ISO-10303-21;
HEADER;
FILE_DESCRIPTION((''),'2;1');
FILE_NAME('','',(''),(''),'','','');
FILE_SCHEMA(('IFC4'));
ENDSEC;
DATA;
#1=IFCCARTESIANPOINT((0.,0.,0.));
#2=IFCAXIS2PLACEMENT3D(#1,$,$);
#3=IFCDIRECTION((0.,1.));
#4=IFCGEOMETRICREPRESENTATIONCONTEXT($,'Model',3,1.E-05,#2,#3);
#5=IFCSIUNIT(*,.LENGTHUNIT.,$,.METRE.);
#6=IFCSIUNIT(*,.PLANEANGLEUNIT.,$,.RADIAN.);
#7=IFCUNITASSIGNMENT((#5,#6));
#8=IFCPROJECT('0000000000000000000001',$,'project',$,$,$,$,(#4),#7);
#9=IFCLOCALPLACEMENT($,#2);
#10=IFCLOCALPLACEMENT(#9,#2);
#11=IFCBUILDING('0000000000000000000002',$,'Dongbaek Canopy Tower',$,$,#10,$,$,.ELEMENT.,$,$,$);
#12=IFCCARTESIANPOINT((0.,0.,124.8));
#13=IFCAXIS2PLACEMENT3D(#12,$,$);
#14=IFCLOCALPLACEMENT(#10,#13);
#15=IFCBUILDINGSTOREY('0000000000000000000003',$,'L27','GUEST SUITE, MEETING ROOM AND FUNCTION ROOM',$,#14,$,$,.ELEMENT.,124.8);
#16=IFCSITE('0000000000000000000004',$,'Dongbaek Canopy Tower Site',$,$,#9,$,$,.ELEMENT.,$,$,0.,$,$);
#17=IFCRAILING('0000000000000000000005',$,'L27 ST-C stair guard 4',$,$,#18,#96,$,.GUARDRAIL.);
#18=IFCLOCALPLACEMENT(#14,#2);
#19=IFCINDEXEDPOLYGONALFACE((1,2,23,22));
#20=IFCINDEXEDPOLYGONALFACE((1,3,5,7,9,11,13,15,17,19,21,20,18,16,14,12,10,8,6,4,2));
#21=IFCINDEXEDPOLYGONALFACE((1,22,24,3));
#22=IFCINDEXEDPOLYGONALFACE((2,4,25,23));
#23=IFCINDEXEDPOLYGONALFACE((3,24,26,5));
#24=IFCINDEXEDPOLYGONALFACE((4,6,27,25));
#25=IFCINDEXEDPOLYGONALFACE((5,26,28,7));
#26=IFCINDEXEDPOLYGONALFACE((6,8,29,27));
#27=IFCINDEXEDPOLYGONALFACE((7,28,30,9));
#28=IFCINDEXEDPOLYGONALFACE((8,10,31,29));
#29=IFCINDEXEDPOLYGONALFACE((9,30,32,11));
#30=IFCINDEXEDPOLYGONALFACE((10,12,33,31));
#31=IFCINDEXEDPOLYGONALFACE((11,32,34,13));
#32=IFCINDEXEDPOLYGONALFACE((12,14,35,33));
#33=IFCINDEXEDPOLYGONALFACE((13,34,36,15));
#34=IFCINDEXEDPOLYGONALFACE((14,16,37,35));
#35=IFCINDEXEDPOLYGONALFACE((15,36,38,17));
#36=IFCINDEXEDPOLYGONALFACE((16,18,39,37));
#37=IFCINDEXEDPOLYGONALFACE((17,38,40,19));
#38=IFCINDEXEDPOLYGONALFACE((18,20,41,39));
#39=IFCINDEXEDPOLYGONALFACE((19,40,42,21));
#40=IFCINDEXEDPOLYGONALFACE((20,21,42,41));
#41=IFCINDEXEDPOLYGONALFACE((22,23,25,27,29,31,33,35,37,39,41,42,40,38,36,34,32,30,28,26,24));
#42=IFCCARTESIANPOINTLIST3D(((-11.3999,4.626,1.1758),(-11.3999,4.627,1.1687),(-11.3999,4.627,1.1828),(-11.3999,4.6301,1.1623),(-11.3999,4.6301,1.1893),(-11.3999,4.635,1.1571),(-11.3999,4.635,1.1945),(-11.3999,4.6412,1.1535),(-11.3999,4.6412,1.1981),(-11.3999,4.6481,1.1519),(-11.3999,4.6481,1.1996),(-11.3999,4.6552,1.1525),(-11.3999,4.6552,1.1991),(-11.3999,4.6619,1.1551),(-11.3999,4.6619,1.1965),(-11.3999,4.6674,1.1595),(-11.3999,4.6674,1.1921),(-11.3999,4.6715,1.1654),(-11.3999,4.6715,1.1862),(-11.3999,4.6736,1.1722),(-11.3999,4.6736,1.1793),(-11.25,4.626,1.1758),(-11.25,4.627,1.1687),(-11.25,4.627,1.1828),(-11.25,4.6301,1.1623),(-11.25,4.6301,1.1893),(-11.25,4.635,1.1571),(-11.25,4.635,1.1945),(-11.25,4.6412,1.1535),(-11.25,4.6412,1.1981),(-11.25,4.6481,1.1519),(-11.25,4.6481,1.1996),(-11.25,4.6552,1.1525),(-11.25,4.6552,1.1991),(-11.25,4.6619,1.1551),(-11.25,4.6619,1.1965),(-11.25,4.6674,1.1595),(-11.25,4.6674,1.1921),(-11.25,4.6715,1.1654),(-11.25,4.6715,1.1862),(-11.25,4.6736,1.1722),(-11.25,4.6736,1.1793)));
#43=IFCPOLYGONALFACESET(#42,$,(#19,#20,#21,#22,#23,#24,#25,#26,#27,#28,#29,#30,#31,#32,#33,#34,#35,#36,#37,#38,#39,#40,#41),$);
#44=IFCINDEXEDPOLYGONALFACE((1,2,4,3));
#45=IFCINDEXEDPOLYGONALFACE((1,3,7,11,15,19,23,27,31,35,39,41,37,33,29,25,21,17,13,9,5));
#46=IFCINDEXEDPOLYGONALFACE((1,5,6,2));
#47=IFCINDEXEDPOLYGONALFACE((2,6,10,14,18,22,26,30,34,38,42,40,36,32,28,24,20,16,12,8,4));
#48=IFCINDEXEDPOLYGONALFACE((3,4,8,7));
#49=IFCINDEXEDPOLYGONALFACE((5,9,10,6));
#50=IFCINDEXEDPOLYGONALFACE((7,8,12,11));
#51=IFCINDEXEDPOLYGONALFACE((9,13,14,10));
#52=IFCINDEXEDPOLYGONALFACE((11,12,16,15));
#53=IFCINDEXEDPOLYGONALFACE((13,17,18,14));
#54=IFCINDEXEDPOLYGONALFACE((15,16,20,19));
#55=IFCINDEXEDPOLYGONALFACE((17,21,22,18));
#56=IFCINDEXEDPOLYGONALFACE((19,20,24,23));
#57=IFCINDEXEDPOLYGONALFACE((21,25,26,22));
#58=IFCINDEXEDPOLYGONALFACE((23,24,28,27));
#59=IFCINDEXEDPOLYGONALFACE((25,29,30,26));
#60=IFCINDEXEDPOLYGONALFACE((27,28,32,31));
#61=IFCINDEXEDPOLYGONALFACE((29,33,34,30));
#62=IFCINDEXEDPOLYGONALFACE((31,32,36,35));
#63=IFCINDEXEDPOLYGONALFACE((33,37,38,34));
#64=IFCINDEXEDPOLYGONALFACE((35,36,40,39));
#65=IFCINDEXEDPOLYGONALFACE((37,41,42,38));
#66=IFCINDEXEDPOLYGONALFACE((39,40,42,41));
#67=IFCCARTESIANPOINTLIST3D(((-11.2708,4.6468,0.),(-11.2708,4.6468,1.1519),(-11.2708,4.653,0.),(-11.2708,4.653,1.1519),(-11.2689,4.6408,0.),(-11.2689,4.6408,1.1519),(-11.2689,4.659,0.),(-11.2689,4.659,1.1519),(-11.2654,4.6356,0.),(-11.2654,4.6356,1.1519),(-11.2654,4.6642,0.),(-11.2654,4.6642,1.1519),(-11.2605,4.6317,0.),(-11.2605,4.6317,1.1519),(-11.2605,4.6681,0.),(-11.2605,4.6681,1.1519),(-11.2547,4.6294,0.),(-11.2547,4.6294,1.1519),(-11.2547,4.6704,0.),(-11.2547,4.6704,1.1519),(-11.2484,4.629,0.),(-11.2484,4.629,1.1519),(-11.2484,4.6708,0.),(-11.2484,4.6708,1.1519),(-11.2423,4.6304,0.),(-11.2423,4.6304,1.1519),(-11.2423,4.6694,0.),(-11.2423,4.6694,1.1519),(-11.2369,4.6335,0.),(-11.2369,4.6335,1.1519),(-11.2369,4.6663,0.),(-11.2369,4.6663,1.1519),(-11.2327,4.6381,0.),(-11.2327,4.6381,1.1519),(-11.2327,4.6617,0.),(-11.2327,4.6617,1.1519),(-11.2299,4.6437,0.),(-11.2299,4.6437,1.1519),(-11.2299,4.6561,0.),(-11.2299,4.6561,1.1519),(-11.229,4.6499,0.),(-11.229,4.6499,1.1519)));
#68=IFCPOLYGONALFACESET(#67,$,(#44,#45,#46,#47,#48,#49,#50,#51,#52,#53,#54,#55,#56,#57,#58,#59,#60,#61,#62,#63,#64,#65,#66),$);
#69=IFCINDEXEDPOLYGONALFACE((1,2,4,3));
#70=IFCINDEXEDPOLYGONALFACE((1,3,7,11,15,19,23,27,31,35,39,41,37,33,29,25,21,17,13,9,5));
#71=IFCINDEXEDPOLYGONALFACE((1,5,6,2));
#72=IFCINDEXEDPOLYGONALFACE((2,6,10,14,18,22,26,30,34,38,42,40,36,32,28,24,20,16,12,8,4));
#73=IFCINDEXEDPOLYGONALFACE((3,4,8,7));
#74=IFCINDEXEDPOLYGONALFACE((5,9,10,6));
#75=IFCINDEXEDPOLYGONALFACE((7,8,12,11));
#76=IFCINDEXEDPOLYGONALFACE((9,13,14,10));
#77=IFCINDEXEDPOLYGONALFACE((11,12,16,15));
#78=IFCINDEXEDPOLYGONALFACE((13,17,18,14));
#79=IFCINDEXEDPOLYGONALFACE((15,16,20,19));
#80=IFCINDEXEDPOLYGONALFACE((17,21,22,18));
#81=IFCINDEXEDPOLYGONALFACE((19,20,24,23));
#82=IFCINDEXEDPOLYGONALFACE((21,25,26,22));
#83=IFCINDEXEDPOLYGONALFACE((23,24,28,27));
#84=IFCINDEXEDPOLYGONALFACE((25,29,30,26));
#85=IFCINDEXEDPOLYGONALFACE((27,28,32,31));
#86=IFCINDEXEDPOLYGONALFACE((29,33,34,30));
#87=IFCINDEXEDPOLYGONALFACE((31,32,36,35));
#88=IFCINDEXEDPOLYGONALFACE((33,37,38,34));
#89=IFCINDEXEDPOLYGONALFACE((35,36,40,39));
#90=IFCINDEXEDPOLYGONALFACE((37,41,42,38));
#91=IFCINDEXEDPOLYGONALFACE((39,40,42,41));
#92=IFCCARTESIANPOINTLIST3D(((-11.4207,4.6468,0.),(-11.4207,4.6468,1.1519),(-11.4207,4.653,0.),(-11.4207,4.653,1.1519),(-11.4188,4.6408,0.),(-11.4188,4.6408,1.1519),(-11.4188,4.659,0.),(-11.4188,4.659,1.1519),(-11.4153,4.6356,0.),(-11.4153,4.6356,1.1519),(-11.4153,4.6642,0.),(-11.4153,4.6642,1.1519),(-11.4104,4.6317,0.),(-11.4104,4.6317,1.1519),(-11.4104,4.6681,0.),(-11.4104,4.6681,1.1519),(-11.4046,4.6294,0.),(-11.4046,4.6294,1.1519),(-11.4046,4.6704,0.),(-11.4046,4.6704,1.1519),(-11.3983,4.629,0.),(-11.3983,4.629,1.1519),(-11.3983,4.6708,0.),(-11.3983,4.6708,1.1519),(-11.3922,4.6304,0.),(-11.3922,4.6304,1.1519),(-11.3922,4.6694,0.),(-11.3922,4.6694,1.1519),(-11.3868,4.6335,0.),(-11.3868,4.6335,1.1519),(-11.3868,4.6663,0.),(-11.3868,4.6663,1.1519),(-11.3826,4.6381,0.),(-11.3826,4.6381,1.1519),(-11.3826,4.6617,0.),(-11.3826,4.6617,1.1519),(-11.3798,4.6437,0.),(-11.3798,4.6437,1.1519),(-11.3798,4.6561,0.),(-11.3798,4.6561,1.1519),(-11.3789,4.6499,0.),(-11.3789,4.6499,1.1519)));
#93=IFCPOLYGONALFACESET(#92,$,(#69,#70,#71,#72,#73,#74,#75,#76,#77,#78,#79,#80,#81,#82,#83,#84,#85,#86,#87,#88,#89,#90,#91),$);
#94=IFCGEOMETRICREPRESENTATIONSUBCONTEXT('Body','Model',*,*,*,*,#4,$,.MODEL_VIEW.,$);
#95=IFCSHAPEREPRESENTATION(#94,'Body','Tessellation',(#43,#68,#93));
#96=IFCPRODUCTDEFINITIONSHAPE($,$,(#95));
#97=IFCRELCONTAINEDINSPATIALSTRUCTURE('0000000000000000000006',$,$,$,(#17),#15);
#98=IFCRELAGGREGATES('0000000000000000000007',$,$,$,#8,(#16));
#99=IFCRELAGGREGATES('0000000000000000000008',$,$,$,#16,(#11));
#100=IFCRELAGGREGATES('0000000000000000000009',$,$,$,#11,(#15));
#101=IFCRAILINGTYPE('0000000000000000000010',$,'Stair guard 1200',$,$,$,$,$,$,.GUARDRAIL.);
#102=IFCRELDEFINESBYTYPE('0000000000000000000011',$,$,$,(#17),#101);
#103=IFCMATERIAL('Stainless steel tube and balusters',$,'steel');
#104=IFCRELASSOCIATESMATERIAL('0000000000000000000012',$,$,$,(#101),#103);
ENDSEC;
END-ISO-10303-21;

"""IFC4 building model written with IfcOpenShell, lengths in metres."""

from ifc_helpers import new_model, si_unit, direction, frame, origin, origin_2d, place, context, subcontext, project, spatial, circle, extrude, material, type_object, element, save


model = new_model("IFC4")

# Units and contexts
model_context = context("Model", 3, precision=1e-05, world=origin(), true_north=direction((0.0, 1.0)))
body_context = subcontext(model_context, "Body", "Model", "MODEL_VIEW")
ifc_project = project(units=[si_unit("LENGTHUNIT", "METRE"), si_unit("PLANEANGLEUNIT", "RADIAN")], contexts=[model_context])

# Site, building, storey
site_placement = place(None, origin())
site = spatial("IfcSite", under=ifc_project, at=site_placement, Name="Dongbaek Canopy Tower Site", CompositionType="ELEMENT", RefElevation=0.0)
building_placement = place(site_placement, origin())
building = spatial("IfcBuilding", under=site, at=building_placement, Name="Dongbaek Canopy Tower", CompositionType="ELEMENT")
storey_placement = place(building_placement, frame((0.0, 0.0, 124.8)))
storey = spatial("IfcBuildingStorey", under=building, at=storey_placement, Name="L27", Description="GUEST SUITE, MEETING ROOM AND FUNCTION ROOM", CompositionType="ELEMENT", Elevation=124.8)

# Railing
ifc_material_1 = material(Name="Stainless steel tube and balusters", Category="steel")
railing_type_1 = type_object("IfcRailingType", Name="Stair guard 1200", PredefinedType="GUARDRAIL", material=ifc_material_1)
railing_1_placement = place(storey_placement, frame((-11.25, 4.6499, 0.0)))
element("IfcRailing", 1, at=railing_1_placement, inside=storey, type_object=railing_type_1, Name="L27 ST-C stair guard 4", PredefinedType="GUARDRAIL", context=body_context, shape_type="SweptSolid", body=[
    extrude(circle(Radius=0.0239, at=origin_2d()), frame((0.0, 0.0, 1.1758), z_axis=(-1.0, 0.0, 0.0), x_axis=(0.0, -1.0, 0.0)), (0.0, 0.0, 1.0), 0.1499),
    extrude(circle(Radius=0.021, at=origin_2d()), origin(), (0.0, 0.0, 1.0), 1.1519),
    extrude(circle(Radius=0.021, at=origin_2d()), frame((-0.1499, 0.0, 0.0)), (0.0, 0.0, 1.0), 1.1519),
])

save(model, "model.ifc")
